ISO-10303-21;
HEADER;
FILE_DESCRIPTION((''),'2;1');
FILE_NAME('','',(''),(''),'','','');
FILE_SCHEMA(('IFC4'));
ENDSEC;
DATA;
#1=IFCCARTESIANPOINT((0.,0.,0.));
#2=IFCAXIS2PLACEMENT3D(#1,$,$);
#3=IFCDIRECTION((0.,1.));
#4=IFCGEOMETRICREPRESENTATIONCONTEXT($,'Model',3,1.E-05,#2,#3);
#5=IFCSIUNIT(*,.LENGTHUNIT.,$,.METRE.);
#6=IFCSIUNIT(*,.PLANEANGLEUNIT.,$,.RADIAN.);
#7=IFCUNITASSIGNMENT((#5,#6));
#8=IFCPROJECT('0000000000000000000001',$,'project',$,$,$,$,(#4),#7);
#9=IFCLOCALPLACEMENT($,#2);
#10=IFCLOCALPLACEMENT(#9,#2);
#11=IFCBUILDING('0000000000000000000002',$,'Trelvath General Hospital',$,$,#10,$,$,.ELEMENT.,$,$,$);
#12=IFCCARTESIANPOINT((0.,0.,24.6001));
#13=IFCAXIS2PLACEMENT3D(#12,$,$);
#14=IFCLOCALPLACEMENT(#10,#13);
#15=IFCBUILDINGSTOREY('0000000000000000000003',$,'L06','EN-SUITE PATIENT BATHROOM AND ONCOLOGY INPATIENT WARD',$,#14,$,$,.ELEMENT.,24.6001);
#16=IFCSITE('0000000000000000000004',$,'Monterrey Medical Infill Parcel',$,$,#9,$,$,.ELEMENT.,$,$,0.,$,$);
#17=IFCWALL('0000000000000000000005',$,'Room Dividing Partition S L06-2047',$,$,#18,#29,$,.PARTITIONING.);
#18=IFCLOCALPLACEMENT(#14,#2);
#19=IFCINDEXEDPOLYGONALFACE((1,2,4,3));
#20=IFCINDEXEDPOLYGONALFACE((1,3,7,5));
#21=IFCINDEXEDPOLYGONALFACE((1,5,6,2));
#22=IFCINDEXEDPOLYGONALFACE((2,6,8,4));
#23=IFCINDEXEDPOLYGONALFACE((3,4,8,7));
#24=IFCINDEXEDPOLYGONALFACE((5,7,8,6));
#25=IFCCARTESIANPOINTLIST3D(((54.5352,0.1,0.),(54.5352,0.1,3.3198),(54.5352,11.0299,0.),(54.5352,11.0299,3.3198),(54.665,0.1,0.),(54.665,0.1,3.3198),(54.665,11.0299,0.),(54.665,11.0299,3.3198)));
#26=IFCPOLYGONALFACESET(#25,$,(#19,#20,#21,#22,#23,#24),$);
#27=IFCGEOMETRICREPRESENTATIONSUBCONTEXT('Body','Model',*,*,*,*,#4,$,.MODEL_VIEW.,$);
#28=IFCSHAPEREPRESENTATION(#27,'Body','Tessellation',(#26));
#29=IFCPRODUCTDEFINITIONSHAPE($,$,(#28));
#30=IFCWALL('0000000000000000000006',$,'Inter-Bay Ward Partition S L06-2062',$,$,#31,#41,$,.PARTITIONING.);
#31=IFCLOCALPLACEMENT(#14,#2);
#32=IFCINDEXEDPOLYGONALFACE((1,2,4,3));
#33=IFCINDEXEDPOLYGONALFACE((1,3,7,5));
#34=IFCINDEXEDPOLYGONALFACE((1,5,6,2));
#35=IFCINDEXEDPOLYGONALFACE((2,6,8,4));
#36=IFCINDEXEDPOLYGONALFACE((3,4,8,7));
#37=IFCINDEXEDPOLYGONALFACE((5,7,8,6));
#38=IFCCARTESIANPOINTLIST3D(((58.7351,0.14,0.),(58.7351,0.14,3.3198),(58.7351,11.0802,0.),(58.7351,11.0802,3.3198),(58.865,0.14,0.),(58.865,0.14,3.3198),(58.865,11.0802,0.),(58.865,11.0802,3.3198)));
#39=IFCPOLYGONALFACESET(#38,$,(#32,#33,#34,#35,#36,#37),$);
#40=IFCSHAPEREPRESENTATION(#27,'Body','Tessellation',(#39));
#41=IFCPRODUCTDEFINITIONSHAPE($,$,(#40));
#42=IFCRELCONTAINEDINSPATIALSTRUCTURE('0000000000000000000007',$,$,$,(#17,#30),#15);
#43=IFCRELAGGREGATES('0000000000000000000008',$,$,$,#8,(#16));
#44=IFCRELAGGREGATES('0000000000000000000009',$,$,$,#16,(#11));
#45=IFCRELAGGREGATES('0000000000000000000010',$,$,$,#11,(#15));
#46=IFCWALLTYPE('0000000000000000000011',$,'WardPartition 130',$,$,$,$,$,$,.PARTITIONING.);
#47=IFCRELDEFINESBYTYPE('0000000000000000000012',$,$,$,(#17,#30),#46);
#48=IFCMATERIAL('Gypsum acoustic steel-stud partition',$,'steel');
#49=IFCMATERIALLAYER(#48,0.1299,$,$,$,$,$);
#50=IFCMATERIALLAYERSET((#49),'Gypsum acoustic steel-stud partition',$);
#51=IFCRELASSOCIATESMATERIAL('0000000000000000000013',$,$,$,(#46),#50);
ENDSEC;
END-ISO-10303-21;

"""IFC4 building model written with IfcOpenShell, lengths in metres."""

from ifc_helpers import new_model, si_unit, direction, frame, frame_2d, origin, place, context, subcontext, project, spatial, rectangle, extrude, material, layer, layer_set, type_object, element, save


model = new_model("IFC4")

# Units and contexts
model_context = context("Model", 3, precision=1e-05, world=origin(), true_north=direction((0.0, 1.0)))
body_context = subcontext(model_context, "Body", "Model", "MODEL_VIEW")
ifc_project = project(units=[si_unit("LENGTHUNIT", "METRE"), si_unit("PLANEANGLEUNIT", "RADIAN")], contexts=[model_context])

# Site, building, storey
site_placement = place(None, origin())
site = spatial("IfcSite", under=ifc_project, at=site_placement, Name="Monterrey Medical Infill Parcel", CompositionType="ELEMENT", RefElevation=0.0)
building_placement = place(site_placement, origin())
building = spatial("IfcBuilding", under=site, at=building_placement, Name="Trelvath General Hospital", CompositionType="ELEMENT")
storey_placement = place(building_placement, frame((0.0, 0.0, 24.6001)))
storey = spatial("IfcBuildingStorey", under=building, at=storey_placement, Name="L06", Description="EN-SUITE PATIENT BATHROOM AND ONCOLOGY INPATIENT WARD", CompositionType="ELEMENT", Elevation=24.6001)

# Shared definitions
ifc_material_1 = material(Name="Gypsum acoustic steel-stud partition", Category="steel")
ifc_layer_1 = layer(ifc_material_1, 0.1299)
ifc_layer_set_1 = layer_set([ifc_layer_1], Name="Gypsum acoustic steel-stud partition")
wall_type_1 = type_object("IfcWallType", Name="WardPartition 130", PredefinedType="PARTITIONING", material=ifc_layer_set_1)

# Walls
wall_1_placement = place(storey_placement, frame((54.6001, 0.1001, 0.0), z_axis=(0.0, 0.0, 1.0), x_axis=(0.0, 1.0, 0.0)))
element("IfcWall", 1, at=wall_1_placement, inside=storey, type_object=wall_type_1, Name="Room Dividing Partition S L06-2047", PredefinedType="PARTITIONING", context=body_context, shape_type="SweptSolid", body=[
    extrude(rectangle(XDim=10.9299, YDim=0.1299, at=frame_2d((5.4648, 0.0))), origin(), (0.0, 0.0, 1.0), 3.3198),
])
wall_2_placement = place(storey_placement, frame((58.8, 0.1399, 0.0), z_axis=(0.0, 0.0, 1.0), x_axis=(0.0, 1.0, 0.0)))
element("IfcWall", 2, at=wall_2_placement, inside=storey, type_object=wall_type_1, Name="Inter-Bay Ward Partition S L06-2062", PredefinedType="PARTITIONING", context=body_context, shape_type="SweptSolid", body=[
    extrude(rectangle(XDim=10.9402, YDim=0.1299, at=frame_2d((5.4702, 0.0))), origin(), (0.0, 0.0, 1.0), 3.3198),
])

save(model, "model.ifc")
